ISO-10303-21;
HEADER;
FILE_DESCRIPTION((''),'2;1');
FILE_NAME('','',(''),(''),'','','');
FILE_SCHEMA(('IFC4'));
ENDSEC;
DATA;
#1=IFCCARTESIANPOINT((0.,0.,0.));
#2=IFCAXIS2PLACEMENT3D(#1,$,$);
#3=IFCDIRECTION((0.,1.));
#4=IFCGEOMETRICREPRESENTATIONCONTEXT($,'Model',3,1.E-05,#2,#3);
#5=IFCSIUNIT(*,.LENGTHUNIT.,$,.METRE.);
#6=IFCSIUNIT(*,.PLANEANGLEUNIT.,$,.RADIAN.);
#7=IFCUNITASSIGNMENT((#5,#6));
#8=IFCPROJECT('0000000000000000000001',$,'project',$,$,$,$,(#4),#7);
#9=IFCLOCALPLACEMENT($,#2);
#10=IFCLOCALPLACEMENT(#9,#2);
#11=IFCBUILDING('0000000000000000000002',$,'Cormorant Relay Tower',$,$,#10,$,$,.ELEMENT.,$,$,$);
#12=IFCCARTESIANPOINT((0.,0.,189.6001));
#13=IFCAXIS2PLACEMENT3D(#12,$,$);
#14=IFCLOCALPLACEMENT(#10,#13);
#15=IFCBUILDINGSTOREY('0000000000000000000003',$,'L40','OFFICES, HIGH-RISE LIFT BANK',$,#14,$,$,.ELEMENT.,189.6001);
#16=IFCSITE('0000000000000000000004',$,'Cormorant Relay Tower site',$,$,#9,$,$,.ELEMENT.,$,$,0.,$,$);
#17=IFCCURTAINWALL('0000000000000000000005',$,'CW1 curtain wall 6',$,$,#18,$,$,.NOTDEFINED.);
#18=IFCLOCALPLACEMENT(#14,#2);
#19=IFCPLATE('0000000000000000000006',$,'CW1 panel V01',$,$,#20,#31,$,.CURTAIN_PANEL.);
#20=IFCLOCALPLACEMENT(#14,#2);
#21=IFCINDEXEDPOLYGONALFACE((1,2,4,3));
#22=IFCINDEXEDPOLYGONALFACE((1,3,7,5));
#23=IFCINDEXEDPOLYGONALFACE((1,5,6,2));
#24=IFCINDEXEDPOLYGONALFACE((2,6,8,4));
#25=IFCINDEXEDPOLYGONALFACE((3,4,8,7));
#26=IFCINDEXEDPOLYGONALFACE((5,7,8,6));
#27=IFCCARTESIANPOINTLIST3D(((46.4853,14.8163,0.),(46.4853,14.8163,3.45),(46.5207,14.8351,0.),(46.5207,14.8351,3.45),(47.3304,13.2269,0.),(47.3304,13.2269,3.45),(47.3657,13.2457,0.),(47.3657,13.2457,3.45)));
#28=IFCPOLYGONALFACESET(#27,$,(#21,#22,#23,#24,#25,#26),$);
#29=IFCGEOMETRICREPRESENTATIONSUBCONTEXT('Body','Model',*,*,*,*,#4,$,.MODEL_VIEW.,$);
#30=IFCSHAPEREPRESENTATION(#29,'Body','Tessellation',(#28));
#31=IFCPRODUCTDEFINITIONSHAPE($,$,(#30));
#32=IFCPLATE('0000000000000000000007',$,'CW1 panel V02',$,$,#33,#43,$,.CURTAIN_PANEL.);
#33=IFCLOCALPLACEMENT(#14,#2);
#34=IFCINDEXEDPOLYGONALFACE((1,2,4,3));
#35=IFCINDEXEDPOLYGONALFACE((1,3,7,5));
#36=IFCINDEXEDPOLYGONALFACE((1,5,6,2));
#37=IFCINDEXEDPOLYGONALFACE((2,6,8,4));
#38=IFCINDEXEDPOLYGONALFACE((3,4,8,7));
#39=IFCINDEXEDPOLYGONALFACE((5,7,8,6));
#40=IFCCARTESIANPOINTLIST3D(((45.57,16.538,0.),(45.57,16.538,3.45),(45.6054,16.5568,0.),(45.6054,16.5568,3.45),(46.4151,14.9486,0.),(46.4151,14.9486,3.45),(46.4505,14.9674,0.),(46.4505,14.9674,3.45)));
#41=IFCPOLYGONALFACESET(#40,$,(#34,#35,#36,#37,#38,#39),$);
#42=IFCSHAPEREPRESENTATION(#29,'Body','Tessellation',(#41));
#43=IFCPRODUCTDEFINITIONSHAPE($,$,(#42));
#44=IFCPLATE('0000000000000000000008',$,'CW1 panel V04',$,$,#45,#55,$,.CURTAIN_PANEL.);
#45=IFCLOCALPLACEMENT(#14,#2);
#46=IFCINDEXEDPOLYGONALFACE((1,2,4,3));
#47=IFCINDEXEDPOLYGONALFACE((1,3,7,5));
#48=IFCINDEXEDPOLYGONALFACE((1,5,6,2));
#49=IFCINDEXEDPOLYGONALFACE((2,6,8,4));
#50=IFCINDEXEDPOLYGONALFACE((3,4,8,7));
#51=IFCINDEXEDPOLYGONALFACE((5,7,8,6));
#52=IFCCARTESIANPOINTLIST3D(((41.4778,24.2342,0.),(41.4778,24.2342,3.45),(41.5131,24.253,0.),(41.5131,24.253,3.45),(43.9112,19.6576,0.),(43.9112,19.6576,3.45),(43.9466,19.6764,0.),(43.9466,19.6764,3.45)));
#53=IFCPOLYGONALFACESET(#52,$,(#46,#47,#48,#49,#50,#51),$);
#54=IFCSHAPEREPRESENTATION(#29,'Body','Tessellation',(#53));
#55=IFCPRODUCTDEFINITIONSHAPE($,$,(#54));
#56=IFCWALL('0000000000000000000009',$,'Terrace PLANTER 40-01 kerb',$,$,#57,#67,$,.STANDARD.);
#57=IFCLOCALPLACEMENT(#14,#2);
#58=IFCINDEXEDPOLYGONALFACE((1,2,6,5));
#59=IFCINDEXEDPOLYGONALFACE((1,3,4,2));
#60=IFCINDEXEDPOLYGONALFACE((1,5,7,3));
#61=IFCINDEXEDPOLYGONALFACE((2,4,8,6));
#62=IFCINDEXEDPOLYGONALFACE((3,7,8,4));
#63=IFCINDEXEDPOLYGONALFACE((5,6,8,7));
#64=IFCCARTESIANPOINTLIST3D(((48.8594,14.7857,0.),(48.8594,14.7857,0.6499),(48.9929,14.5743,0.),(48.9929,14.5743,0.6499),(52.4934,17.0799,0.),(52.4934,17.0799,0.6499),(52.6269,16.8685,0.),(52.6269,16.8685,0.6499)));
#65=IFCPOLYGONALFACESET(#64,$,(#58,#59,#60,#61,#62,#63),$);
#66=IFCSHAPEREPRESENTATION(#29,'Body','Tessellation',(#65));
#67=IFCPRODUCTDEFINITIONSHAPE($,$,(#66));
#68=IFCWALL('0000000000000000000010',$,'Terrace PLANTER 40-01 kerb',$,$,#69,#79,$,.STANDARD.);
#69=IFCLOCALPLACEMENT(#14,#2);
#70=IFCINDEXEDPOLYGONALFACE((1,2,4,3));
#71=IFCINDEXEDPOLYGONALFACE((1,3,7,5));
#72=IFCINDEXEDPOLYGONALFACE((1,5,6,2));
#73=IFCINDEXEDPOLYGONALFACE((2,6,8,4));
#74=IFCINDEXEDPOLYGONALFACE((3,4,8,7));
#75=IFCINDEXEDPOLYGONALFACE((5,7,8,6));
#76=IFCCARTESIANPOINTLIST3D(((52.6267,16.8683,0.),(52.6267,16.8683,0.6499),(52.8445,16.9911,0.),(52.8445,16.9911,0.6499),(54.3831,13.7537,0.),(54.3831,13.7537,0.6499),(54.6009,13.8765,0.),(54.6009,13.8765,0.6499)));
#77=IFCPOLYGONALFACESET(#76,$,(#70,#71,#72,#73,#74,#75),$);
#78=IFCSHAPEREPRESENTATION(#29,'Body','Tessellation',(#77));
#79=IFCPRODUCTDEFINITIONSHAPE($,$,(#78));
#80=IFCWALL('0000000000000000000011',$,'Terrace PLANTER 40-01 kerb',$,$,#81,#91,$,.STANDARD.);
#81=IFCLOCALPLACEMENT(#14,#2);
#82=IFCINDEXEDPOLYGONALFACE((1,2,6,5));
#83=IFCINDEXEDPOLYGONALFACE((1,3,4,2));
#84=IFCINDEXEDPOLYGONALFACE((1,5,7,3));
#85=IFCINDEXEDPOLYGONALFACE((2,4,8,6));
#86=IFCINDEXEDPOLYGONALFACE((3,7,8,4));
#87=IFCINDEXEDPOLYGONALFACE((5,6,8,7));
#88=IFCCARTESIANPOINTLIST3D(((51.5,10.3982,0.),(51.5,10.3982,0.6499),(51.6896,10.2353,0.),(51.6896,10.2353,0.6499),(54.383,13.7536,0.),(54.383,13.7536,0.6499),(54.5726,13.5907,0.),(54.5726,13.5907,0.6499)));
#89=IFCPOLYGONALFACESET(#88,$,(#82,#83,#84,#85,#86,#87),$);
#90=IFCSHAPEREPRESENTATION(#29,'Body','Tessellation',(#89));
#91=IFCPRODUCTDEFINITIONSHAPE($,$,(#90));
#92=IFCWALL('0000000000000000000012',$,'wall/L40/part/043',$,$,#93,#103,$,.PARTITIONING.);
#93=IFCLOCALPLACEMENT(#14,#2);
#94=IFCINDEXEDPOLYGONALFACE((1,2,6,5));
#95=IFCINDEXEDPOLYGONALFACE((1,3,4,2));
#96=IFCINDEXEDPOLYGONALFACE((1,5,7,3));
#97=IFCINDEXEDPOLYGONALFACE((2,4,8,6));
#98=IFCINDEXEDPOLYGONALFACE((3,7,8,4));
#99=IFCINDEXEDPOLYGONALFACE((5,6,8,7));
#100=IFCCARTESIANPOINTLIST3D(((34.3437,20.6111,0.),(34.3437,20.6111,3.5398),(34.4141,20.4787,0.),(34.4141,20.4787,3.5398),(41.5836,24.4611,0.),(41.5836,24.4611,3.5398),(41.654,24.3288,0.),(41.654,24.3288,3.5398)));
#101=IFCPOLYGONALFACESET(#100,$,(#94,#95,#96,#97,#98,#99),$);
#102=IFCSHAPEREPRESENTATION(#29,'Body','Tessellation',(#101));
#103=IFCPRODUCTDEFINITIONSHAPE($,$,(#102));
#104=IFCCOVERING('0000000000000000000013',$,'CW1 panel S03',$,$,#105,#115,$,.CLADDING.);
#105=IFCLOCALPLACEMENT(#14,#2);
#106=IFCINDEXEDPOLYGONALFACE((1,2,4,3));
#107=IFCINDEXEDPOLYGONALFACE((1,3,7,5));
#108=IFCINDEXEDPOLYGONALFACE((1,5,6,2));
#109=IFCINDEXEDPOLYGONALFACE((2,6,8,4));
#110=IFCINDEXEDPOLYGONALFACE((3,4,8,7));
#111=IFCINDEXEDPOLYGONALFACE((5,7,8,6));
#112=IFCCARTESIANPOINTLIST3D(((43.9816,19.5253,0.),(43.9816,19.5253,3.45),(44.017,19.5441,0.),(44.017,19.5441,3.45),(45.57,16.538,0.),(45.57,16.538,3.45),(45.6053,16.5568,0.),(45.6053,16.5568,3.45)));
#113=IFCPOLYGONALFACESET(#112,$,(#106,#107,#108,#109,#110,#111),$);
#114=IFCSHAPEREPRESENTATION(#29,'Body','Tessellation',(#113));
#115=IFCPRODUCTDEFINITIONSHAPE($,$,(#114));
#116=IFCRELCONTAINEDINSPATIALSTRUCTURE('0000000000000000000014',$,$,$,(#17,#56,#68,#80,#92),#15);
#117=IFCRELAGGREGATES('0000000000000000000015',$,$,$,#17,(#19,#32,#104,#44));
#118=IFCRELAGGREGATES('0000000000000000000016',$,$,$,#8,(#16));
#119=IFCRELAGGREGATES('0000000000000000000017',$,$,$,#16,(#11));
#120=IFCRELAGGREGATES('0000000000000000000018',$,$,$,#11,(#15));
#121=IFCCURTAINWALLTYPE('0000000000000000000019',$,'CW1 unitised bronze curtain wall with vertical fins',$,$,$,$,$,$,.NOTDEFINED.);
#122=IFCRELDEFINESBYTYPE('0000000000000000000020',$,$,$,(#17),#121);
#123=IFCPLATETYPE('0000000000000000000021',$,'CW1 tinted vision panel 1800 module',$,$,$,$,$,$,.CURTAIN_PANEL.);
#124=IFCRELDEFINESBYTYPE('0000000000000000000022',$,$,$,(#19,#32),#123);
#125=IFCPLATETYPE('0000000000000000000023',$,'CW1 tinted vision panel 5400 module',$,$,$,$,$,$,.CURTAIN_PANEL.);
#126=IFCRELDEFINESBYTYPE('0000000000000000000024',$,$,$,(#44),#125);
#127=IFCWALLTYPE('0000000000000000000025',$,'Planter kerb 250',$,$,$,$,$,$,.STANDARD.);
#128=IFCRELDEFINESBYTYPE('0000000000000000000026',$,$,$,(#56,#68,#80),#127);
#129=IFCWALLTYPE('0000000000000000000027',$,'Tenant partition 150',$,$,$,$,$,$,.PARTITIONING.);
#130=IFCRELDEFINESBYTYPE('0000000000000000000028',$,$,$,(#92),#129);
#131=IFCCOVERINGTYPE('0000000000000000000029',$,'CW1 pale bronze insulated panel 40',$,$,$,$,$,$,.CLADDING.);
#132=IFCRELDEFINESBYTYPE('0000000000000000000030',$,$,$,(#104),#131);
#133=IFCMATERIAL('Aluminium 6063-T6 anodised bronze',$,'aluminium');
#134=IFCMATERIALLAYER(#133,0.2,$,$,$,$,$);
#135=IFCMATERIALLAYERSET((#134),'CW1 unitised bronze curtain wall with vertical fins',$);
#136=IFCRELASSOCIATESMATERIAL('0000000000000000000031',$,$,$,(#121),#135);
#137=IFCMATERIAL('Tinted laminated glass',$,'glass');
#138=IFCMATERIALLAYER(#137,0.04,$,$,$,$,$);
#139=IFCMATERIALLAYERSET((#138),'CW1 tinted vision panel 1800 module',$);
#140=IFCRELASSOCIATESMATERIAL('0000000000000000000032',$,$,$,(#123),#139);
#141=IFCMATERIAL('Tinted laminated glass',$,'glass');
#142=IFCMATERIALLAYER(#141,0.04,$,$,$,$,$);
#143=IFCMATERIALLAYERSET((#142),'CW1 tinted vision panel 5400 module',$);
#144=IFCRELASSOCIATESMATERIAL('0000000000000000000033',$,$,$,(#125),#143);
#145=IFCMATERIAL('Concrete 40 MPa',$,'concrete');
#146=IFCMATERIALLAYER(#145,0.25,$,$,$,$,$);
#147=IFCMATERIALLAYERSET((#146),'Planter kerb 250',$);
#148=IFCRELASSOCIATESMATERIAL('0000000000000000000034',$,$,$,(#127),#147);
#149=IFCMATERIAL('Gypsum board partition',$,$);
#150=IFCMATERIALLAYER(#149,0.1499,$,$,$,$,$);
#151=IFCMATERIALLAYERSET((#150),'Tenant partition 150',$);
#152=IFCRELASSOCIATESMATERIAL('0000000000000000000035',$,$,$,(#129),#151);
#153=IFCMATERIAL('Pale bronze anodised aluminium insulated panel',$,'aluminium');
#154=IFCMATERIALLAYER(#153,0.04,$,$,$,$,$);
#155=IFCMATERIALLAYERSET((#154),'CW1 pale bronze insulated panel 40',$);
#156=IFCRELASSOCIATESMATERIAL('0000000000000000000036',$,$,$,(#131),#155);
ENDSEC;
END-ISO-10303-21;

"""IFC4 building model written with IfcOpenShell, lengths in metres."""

from ifc_helpers import new_model, si_unit, direction, frame, frame_2d, origin, origin_2d, place, context, subcontext, project, spatial, rectangle, extrude, material, layer, layer_set, type_object, element, aggregate, save


model = new_model("IFC4")

# Units and contexts
model_context = context("Model", 3, precision=1e-05, world=origin(), true_north=direction((0.0, 1.0)))
body_context = subcontext(model_context, "Body", "Model", "MODEL_VIEW")
ifc_project = project(units=[si_unit("LENGTHUNIT", "METRE"), si_unit("PLANEANGLEUNIT", "RADIAN")], contexts=[model_context])

# Site, building, storey
site_placement = place(None, origin())
site = spatial("IfcSite", under=ifc_project, at=site_placement, Name="Cormorant Relay Tower site", CompositionType="ELEMENT", RefElevation=0.0)
building_placement = place(site_placement, origin())
building = spatial("IfcBuilding", under=site, at=building_placement, Name="Cormorant Relay Tower", CompositionType="ELEMENT")
storey_placement = place(building_placement, frame((0.0, 0.0, 189.6001)))
storey = spatial("IfcBuildingStorey", under=building, at=storey_placement, Name="L40", Description="OFFICES, HIGH-RISE LIFT BANK", CompositionType="ELEMENT", Elevation=189.6001)

# Curtain wall
ifc_material_1 = material(Name="Aluminium 6063-T6 anodised bronze", Category="aluminium")
ifc_layer_1 = layer(ifc_material_1, 0.2)
ifc_layer_set_1 = layer_set([ifc_layer_1], Name="CW1 unitised bronze curtain wall with vertical fins")
curtain_wall_type = type_object("IfcCurtainWallType", Name="CW1 unitised bronze curtain wall with vertical fins", PredefinedType="NOTDEFINED", material=ifc_layer_set_1)
curtain_wall_placement = place(storey_placement, origin())
curtain_wall = element("IfcCurtainWall", 1, at=curtain_wall_placement, inside=storey, type_object=curtain_wall_type, Name="CW1 curtain wall 6", PredefinedType="NOTDEFINED")

# Plates
ifc_material_2 = material(Name="Tinted laminated glass", Category="glass")
ifc_layer_2 = layer(ifc_material_2, 0.04)
ifc_layer_set_2 = layer_set([ifc_layer_2], Name="CW1 tinted vision panel 1800 module")
plate_type_1 = type_object("IfcPlateType", Name="CW1 tinted vision panel 1800 module", PredefinedType="CURTAIN_PANEL", material=ifc_layer_set_2)
plate_1_placement = place(storey_placement, frame((46.9255, 14.031, 0.0), z_axis=(0.0, 0.0, 1.0), x_axis=(-0.469472, 0.882948, 0.0)))
plate_1 = element("IfcPlate", 2, at=plate_1_placement, type_object=plate_type_1, Name="CW1 panel V01", PredefinedType="CURTAIN_PANEL", context=body_context, shape_type="SweptSolid", body=[
    extrude(rectangle(XDim=1.8, YDim=0.04, at=origin_2d()), origin(), (0.0, 0.0, 1.0), 3.45),
])
plate_2_placement = place(storey_placement, frame((46.0103, 15.7527, 0.0), z_axis=(0.0, 0.0, 1.0), x_axis=(-0.469472, 0.882948, 0.0)))
plate_2 = element("IfcPlate", 3, at=plate_2_placement, type_object=plate_type_1, Name="CW1 panel V02", PredefinedType="CURTAIN_PANEL", context=body_context, shape_type="SweptSolid", body=[
    extrude(rectangle(XDim=1.8, YDim=0.04, at=origin_2d()), origin(), (0.0, 0.0, 1.0), 3.45),
])
ifc_material_3 = material(Name="Tinted laminated glass", Category="glass")
ifc_layer_3 = layer(ifc_material_3, 0.04)
ifc_layer_set_3 = layer_set([ifc_layer_3], Name="CW1 tinted vision panel 5400 module")
plate_type_2 = type_object("IfcPlateType", Name="CW1 tinted vision panel 5400 module", PredefinedType="CURTAIN_PANEL", material=ifc_layer_set_3)
plate_3_placement = place(storey_placement, frame((42.7122, 21.9553, 0.0), z_axis=(0.0, 0.0, 1.0), x_axis=(-0.469472, 0.882948, 0.0)))
plate_3 = element("IfcPlate", 4, at=plate_3_placement, type_object=plate_type_2, Name="CW1 panel V04", PredefinedType="CURTAIN_PANEL", context=body_context, shape_type="SweptSolid", body=[
    extrude(rectangle(XDim=5.1833, YDim=0.04, at=origin_2d()), origin(), (0.0, 0.0, 1.0), 3.45),
])

# Walls
ifc_material_4 = material(Name="Concrete 40 MPa", Category="concrete")
ifc_layer_4 = layer(ifc_material_4, 0.25)
ifc_layer_set_4 = layer_set([ifc_layer_4], Name="Planter kerb 250")
wall_type_1 = type_object("IfcWallType", Name="Planter kerb 250", PredefinedType="STANDARD", material=ifc_layer_set_4)
wall_1_placement = place(storey_placement, frame((48.926, 14.6799, 0.0), z_axis=(0.0, 0.0, 1.0), x_axis=(0.845593, 0.533828, 0.0)))
element("IfcWall", 5, at=wall_1_placement, inside=storey, type_object=wall_type_1, Name="Terrace PLANTER 40-01 kerb", PredefinedType="STANDARD", context=body_context, shape_type="SweptSolid", body=[
    extrude(rectangle(XDim=4.2976, YDim=0.25, at=frame_2d((2.1489, 0.0))), origin(), (0.0, 0.0, 1.0), 0.6499),
])
wall_2_placement = place(storey_placement, frame((52.7356, 16.9297, 0.0), z_axis=(0.0, 0.0, 1.0), x_axis=(0.491204, -0.871044, 0.0)))
element("IfcWall", 6, at=wall_2_placement, inside=storey, type_object=wall_type_1, Name="Terrace PLANTER 40-01 kerb", PredefinedType="STANDARD", context=body_context, shape_type="SweptSolid", body=[
    extrude(rectangle(XDim=3.5757, YDim=0.25, at=frame_2d((1.7878, 0.0))), origin(), (0.0, 0.0, 1.0), 0.6499),
])
wall_3_placement = place(storey_placement, frame((54.4778, 13.6721, 0.0), z_axis=(0.0, 0.0, 1.0), x_axis=(-0.651695, -0.758481, 0.0)))
element("IfcWall", 7, at=wall_3_placement, inside=storey, type_object=wall_type_1, Name="Terrace PLANTER 40-01 kerb", PredefinedType="STANDARD", context=body_context, shape_type="SweptSolid", body=[
    extrude(rectangle(XDim=4.4238, YDim=0.25, at=frame_2d((2.2119, 0.0))), origin(), (0.0, 0.0, 1.0), 0.6499),
])
ifc_material_5 = material(Name="Gypsum board partition")
ifc_layer_5 = layer(ifc_material_5, 0.1499)
ifc_layer_set_5 = layer_set([ifc_layer_5], Name="Tenant partition 150")
wall_type_2 = type_object("IfcWallType", Name="Tenant partition 150", PredefinedType="PARTITIONING", material=ifc_layer_set_5)
wall_4_placement = place(storey_placement, frame((41.6189, 24.395, 0.0), z_axis=(0.0, 0.0, 1.0), x_axis=(-0.882921, -0.469522, 0.0)))
element("IfcWall", 8, at=wall_4_placement, inside=storey, type_object=wall_type_2, Name="wall/L40/part/043", PredefinedType="PARTITIONING", context=body_context, shape_type="SweptSolid", body=[
    extrude(rectangle(XDim=8.2, YDim=0.1499, at=frame_2d((4.1001, 0.0))), origin(), (0.0, 0.0, 1.0), 3.5398),
])

# Covering
ifc_material_6 = material(Name="Pale bronze anodised aluminium insulated panel", Category="aluminium")
ifc_layer_6 = layer(ifc_material_6, 0.04)
ifc_layer_set_6 = layer_set([ifc_layer_6], Name="CW1 pale bronze insulated panel 40")
covering_type = type_object("IfcCoveringType", Name="CW1 pale bronze insulated panel 40", PredefinedType="CLADDING", material=ifc_layer_set_6)
covering_placement = place(storey_placement, frame((44.7935, 18.041, 0.0), z_axis=(0.0, 0.0, 1.0), x_axis=(-0.469472, 0.882948, 0.0)))
covering = element("IfcCovering", 9, at=covering_placement, type_object=covering_type, Name="CW1 panel S03", PredefinedType="CLADDING", context=body_context, shape_type="SweptSolid", body=[
    extrude(rectangle(XDim=3.3833, YDim=0.04, at=origin_2d()), origin(), (0.0, 0.0, 1.0), 3.45),
])
aggregate(curtain_wall, [plate_1, plate_2, covering, plate_3])

save(model, "model.ifc")
